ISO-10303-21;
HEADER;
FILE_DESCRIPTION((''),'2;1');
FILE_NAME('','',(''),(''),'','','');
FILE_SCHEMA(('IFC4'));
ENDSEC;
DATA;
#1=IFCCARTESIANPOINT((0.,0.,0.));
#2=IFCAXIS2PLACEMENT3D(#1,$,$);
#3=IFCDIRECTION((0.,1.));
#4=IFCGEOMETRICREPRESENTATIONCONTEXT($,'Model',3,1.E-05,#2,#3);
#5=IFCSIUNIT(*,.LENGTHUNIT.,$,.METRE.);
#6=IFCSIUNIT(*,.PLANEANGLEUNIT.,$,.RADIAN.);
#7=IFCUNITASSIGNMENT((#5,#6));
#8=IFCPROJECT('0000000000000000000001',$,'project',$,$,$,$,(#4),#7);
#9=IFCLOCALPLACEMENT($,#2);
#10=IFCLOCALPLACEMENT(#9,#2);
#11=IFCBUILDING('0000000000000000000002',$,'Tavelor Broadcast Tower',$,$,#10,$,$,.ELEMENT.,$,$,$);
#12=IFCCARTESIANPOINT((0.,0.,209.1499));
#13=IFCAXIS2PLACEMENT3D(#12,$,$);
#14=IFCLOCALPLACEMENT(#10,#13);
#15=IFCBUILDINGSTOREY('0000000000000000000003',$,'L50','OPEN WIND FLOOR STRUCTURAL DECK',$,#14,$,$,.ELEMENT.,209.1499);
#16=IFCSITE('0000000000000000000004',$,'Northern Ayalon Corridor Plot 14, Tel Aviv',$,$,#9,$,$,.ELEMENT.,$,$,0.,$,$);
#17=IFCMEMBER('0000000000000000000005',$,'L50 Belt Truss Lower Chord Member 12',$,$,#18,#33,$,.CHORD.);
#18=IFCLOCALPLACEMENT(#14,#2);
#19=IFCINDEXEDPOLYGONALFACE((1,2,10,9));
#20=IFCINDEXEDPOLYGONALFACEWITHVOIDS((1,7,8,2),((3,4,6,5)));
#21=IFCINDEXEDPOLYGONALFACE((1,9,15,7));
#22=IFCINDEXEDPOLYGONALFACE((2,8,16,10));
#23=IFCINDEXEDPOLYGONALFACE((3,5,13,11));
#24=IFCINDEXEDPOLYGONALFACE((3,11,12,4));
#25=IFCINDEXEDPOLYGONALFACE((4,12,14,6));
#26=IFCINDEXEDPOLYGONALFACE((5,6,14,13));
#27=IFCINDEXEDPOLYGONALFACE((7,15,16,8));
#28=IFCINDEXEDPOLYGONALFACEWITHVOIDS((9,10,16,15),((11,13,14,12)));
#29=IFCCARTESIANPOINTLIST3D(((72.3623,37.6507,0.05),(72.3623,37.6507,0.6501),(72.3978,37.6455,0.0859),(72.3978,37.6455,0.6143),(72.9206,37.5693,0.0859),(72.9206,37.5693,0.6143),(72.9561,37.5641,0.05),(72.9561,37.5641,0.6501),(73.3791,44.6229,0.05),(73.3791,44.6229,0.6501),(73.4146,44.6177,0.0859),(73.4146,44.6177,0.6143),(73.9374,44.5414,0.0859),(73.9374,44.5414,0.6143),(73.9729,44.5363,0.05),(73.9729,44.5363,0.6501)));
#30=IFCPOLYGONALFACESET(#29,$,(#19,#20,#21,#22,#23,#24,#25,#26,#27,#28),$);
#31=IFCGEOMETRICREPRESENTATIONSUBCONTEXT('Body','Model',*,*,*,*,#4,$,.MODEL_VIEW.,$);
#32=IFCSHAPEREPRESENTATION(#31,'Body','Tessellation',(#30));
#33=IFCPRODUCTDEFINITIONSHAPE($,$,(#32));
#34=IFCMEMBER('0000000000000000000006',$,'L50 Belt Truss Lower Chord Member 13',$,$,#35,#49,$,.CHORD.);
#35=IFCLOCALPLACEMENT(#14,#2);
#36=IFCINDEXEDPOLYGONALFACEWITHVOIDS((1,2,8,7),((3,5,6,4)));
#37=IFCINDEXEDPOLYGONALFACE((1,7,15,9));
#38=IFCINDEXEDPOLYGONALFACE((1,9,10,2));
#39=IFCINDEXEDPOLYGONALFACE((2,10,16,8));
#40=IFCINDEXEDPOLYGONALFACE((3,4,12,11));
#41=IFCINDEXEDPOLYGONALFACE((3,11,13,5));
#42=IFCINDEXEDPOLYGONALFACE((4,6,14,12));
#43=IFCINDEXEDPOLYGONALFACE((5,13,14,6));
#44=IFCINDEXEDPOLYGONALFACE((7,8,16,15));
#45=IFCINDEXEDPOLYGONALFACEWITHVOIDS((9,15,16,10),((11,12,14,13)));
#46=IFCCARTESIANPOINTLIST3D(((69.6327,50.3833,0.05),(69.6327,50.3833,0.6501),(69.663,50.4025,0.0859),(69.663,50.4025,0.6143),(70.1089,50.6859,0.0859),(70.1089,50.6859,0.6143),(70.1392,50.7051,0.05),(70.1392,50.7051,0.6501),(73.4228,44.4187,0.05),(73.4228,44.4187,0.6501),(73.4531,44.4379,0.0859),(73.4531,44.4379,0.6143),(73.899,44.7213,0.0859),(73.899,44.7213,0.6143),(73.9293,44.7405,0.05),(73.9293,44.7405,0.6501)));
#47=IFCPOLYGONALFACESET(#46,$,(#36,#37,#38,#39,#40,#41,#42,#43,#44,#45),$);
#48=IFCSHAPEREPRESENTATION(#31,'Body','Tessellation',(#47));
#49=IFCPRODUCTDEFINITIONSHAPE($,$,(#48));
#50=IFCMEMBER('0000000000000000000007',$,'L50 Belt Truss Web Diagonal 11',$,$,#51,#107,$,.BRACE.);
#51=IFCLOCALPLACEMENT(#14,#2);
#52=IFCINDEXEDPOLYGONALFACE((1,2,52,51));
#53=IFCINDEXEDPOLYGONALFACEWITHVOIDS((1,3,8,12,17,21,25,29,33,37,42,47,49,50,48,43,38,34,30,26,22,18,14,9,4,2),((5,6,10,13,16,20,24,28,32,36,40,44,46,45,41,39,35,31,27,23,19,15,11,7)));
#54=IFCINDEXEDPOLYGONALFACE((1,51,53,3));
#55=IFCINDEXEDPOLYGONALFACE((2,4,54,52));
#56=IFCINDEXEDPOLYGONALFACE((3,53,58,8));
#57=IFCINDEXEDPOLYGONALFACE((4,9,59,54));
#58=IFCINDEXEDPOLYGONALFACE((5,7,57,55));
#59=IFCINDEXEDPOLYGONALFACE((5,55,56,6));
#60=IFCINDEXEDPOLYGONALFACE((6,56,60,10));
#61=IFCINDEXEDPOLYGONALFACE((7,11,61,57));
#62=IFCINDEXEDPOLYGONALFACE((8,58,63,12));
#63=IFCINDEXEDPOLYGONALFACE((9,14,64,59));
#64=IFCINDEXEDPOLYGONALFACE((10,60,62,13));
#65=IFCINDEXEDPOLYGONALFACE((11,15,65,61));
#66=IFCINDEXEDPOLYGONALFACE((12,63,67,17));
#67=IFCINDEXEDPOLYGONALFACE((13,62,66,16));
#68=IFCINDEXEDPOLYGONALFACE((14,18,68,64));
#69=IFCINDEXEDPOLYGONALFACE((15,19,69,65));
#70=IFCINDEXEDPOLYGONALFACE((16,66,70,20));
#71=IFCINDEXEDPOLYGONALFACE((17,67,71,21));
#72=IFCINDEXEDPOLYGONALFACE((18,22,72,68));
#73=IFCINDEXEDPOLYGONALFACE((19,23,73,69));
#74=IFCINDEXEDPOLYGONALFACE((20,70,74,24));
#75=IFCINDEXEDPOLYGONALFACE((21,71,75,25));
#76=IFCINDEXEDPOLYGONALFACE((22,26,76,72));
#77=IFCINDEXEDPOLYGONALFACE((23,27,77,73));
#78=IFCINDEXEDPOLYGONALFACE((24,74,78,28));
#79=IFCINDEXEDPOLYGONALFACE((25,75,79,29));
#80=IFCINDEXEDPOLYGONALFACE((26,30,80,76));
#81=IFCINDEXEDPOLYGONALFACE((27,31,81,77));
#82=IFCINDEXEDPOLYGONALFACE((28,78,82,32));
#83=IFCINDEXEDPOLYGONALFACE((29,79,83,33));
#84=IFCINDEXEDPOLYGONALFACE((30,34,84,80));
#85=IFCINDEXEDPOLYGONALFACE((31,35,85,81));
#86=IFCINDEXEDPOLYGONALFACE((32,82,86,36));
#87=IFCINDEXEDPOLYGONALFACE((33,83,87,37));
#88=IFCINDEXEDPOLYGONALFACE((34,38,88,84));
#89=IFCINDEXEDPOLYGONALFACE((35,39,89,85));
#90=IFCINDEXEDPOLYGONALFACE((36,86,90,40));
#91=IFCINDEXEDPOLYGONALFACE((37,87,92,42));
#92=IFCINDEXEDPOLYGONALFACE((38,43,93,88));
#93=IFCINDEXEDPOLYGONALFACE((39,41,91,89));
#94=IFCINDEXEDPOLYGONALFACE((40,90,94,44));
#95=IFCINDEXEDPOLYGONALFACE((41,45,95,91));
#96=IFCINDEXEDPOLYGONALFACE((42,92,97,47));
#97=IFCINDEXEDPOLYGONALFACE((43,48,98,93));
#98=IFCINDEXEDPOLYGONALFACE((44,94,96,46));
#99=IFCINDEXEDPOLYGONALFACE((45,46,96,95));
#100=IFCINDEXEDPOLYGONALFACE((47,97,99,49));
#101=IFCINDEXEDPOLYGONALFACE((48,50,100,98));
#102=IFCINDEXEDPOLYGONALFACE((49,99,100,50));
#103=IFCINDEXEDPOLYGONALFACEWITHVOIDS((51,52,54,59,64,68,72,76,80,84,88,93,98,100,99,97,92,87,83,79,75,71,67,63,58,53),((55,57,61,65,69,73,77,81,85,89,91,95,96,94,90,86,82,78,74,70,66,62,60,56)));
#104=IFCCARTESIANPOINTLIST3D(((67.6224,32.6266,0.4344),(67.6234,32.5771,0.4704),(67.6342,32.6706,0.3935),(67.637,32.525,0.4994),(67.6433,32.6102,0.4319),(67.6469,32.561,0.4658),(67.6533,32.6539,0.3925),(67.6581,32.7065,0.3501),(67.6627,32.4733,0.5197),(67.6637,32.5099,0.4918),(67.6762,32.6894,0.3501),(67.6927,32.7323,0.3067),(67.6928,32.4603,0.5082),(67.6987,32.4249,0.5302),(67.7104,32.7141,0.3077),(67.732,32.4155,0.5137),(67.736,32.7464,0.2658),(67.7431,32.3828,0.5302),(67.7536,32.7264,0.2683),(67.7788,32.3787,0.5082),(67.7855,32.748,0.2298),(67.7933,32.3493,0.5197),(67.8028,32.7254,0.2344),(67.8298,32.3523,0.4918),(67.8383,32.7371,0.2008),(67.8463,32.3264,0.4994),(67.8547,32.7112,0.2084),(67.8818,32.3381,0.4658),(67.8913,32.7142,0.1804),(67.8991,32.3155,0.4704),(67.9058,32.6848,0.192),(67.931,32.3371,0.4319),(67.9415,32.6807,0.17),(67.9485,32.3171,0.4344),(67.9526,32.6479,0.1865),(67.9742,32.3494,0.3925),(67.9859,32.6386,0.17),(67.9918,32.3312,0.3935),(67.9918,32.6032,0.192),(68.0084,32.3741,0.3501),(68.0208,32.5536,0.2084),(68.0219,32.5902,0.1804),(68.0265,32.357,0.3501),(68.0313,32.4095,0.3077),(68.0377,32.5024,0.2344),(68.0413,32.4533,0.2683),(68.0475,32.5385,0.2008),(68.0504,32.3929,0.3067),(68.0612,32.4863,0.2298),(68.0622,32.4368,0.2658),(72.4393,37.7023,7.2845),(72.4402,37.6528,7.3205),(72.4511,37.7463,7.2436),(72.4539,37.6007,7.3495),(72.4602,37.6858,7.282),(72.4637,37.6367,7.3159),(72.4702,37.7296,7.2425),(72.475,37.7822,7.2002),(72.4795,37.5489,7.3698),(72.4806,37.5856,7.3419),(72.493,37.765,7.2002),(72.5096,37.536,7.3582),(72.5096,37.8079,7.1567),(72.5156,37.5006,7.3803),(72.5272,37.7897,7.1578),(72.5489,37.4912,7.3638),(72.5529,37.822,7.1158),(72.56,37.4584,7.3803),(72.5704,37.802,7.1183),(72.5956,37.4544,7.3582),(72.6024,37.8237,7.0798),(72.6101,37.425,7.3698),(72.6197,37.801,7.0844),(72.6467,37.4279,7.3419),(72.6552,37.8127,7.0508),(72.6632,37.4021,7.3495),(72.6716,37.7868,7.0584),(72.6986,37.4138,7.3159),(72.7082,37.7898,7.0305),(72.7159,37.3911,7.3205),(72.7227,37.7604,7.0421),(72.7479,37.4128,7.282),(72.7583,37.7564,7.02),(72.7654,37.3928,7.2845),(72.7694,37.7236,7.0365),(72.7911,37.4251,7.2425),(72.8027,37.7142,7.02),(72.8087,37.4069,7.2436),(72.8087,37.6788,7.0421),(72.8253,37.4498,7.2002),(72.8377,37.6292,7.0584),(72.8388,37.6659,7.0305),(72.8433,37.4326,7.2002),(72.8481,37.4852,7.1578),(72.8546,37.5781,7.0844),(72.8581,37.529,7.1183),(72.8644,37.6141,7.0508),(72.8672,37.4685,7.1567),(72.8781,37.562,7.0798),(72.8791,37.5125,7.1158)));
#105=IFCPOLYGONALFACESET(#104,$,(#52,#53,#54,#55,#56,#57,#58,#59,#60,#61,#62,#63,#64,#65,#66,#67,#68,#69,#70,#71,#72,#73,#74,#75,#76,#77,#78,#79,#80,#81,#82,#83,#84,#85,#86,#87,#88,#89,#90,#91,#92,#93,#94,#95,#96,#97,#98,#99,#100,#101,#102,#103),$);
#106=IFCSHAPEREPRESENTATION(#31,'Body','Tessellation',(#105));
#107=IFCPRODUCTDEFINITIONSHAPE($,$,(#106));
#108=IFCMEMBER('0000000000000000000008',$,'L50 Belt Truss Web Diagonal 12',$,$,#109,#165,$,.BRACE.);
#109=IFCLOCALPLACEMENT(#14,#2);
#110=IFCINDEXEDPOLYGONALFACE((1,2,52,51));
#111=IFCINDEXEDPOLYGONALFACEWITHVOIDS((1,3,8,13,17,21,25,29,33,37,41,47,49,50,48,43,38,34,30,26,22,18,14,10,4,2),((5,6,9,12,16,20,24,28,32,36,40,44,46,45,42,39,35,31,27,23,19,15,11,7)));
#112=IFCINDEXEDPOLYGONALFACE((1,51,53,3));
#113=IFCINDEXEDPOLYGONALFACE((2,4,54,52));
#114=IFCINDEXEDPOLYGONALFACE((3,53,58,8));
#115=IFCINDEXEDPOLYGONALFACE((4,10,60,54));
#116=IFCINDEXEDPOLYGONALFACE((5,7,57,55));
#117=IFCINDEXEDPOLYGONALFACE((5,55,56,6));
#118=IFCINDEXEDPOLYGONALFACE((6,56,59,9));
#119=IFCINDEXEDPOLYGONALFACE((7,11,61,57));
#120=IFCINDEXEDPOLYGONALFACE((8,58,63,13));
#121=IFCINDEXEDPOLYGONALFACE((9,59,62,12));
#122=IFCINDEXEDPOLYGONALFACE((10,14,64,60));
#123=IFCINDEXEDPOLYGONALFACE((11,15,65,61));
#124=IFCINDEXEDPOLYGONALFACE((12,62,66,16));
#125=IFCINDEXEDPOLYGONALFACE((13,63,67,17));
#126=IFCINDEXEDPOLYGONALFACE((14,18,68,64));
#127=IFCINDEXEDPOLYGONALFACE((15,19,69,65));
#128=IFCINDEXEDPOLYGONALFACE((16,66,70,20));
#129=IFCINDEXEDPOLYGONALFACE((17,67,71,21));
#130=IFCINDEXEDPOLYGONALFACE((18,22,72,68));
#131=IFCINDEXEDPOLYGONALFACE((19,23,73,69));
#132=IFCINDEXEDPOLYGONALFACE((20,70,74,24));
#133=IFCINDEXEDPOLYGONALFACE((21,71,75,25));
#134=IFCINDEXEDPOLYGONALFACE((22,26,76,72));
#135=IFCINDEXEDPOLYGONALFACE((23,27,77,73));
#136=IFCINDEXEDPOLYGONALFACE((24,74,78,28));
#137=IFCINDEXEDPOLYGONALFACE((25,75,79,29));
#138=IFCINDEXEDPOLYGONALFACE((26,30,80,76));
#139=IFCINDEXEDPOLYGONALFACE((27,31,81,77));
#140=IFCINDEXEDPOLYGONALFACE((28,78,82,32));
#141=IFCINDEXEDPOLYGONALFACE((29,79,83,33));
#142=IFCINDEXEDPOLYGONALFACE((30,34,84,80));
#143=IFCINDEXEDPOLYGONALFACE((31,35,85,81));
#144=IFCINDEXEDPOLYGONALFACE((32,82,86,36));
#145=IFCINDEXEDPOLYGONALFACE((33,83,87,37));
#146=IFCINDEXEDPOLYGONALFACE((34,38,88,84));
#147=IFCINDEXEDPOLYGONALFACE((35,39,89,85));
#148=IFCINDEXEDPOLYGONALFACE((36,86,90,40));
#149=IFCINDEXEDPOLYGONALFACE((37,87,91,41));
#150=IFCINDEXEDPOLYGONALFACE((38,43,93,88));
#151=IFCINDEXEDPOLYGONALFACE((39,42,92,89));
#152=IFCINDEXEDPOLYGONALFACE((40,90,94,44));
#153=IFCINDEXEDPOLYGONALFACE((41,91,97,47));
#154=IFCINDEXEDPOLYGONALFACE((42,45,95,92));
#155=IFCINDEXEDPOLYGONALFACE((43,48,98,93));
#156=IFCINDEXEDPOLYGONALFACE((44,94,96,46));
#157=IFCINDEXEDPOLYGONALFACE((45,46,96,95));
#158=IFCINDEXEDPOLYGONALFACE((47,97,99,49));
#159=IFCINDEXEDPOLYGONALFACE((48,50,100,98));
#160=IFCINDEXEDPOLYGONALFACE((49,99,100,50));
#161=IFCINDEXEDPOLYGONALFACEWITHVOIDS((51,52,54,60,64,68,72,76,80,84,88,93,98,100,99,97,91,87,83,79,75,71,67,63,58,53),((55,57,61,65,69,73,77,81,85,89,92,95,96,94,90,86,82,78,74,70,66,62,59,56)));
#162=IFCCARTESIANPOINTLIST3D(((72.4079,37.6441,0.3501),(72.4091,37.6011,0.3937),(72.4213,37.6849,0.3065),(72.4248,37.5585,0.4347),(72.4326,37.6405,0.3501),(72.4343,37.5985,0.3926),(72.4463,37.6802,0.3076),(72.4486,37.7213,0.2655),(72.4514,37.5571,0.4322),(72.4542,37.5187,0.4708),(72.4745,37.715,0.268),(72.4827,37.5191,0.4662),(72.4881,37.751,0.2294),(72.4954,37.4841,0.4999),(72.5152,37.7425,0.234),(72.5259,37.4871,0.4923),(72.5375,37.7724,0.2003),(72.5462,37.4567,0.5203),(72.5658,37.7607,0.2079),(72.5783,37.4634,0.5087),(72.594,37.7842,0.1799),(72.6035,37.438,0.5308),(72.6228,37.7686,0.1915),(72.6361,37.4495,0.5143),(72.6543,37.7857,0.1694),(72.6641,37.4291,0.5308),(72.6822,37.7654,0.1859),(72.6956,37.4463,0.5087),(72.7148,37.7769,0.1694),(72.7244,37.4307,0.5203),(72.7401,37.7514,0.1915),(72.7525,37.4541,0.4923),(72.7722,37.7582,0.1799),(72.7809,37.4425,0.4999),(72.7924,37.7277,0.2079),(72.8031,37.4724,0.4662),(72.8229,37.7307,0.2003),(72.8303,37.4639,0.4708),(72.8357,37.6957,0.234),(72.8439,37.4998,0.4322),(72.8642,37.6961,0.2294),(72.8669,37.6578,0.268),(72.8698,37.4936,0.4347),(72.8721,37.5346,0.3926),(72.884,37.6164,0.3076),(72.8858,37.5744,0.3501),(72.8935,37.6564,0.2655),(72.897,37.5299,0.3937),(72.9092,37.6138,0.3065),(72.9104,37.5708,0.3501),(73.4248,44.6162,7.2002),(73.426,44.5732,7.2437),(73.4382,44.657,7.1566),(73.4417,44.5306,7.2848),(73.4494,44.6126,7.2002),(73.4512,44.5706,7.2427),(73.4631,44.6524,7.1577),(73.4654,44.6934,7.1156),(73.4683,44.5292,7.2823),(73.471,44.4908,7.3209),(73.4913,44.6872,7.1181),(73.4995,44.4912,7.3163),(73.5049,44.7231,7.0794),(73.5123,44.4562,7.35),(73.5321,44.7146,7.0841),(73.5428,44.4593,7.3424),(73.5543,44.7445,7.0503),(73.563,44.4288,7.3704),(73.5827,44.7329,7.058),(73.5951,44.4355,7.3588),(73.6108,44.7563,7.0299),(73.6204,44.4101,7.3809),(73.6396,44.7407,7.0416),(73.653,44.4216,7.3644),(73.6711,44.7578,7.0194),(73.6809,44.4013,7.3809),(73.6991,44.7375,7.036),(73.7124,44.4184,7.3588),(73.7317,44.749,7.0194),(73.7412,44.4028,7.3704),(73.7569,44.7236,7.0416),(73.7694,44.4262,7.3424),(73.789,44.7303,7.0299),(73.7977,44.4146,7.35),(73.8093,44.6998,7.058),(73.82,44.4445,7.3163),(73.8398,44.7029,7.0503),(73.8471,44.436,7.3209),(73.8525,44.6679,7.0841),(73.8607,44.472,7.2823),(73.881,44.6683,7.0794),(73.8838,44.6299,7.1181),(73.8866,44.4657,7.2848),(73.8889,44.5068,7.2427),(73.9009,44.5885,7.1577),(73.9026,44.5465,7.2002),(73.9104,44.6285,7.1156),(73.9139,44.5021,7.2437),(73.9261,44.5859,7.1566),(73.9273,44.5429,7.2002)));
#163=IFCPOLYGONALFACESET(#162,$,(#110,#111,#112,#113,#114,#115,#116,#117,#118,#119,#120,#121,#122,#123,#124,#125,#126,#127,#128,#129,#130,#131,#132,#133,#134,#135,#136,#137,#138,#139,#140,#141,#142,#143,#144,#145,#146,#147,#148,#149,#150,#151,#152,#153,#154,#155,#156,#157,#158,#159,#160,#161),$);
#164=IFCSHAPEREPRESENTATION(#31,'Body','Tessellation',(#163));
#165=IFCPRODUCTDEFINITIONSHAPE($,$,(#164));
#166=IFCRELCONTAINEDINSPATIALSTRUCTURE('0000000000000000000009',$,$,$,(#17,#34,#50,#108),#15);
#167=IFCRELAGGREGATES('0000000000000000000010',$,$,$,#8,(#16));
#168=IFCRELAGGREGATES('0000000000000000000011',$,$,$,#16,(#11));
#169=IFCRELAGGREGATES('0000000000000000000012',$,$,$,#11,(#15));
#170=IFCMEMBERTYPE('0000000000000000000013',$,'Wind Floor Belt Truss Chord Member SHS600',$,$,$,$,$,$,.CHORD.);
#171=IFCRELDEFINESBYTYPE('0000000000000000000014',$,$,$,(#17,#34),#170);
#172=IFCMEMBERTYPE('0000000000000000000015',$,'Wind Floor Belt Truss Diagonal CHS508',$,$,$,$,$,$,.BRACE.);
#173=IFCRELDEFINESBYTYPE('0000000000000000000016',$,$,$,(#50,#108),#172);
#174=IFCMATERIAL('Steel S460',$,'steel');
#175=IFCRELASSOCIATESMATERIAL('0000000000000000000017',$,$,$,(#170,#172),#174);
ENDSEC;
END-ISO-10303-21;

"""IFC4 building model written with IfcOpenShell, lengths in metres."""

from ifc_helpers import new_model, si_unit, direction, frame, origin, origin_2d, place, context, subcontext, project, spatial, hollow_rectangle, hollow_circle, extrude, material, material_profile, profile_set, type_object, element, save


model = new_model("IFC4")

# Units and contexts
model_context = context("Model", 3, precision=1e-05, world=origin(), true_north=direction((0.0, 1.0)))
body_context = subcontext(model_context, "Body", "Model", "MODEL_VIEW")
ifc_project = project(units=[si_unit("LENGTHUNIT", "METRE"), si_unit("PLANEANGLEUNIT", "RADIAN")], contexts=[model_context])

# Site, building, storey
site_placement = place(None, origin())
site = spatial("IfcSite", under=ifc_project, at=site_placement, Name="Northern Ayalon Corridor Plot 14, Tel Aviv", CompositionType="ELEMENT", RefElevation=0.0)
building_placement = place(site_placement, origin())
building = spatial("IfcBuilding", under=site, at=building_placement, Name="Tavelor Broadcast Tower", CompositionType="ELEMENT")
storey_placement = place(building_placement, frame((0.0, 0.0, 209.1499)))
storey = spatial("IfcBuildingStorey", under=building, at=storey_placement, Name="L50", Description="OPEN WIND FLOOR STRUCTURAL DECK", CompositionType="ELEMENT", Elevation=209.1499)

# Shared definitions
ifc_material_1 = material(Name="Steel S460", Category="steel")

# Members
ifc_material_profile_1 = material_profile(ifc_material_1, hollow_rectangle(XDim=0.6001, YDim=0.6001, WallThickness=0.0359, at=origin_2d()), Name="SHS 600x600x36")
ifc_profile_set_1 = profile_set([ifc_material_profile_1], Name="Steel S460")
member_type_1 = type_object("IfcMemberType", Name="Wind Floor Belt Truss Chord Member SHS600", PredefinedType="CHORD", material=ifc_profile_set_1)
member_1_placement = place(storey_placement, frame((72.6592, 37.6074, 0.3501), z_axis=(0.144317, 0.989532, 0.0), x_axis=(-0.989532, 0.144317, 0.0)))
element("IfcMember", 1, at=member_1_placement, inside=storey, type_object=member_type_1, Name="L50 Belt Truss Lower Chord Member 12", PredefinedType="CHORD", context=body_context, shape_type="SweptSolid", body=[
    extrude(hollow_rectangle(XDim=0.6001, YDim=0.6001, WallThickness=0.0359, at=origin_2d()), origin(), (0.0, 0.0, 1.0), 7.0459),
])
member_2_placement = place(storey_placement, frame((73.676, 44.5796, 0.3501), z_axis=(-0.53631, 0.844021, 0.0), x_axis=(-0.844021, -0.53631, 0.0)))
element("IfcMember", 2, at=member_2_placement, inside=storey, type_object=member_type_1, Name="L50 Belt Truss Lower Chord Member 13", PredefinedType="CHORD", context=body_context, shape_type="SweptSolid", body=[
    extrude(hollow_rectangle(XDim=0.6001, YDim=0.6001, WallThickness=0.0359, at=origin_2d()), origin(), (0.0, 0.0, 1.0), 7.0669),
])
ifc_material_profile_2 = material_profile(ifc_material_1, hollow_circle(Radius=0.2539, WallThickness=0.0249, at=origin_2d()), Name="CHS 508x25")
ifc_profile_set_2 = profile_set([ifc_material_profile_2], Name="Steel S460")
member_type_2 = type_object("IfcMemberType", Name="Wind Floor Belt Truss Diagonal CHS508", PredefinedType="BRACE", material=ifc_profile_set_2)
member_3_placement = place(storey_placement, frame((67.8423, 32.5317, 0.3501), z_axis=(0.491907, 0.518335, 0.69954), x_axis=(-0.725356, 0.688373, 0.0)))
element("IfcMember", 3, at=member_3_placement, inside=storey, type_object=member_type_2, Name="L50 Belt Truss Web Diagonal 11", PredefinedType="BRACE", context=body_context, shape_type="SweptSolid", body=[
    extrude(hollow_circle(Radius=0.2539, WallThickness=0.0249, at=origin_2d()), origin(), (0.0, 0.0, 1.0), 9.7922),
])
member_4_placement = place(storey_placement, frame((72.6592, 37.6074, 0.3501), z_axis=(0.103475, 0.709495, 0.697073), x_axis=(-0.989532, 0.144317, 0.0)))
element("IfcMember", 4, at=member_4_placement, inside=storey, type_object=member_type_2, Name="L50 Belt Truss Web Diagonal 12", PredefinedType="BRACE", context=body_context, shape_type="SweptSolid", body=[
    extrude(hollow_circle(Radius=0.2539, WallThickness=0.0249, at=origin_2d()), origin(), (0.0, 0.0, 1.0), 9.8269),
])

save(model, "model.ifc")
